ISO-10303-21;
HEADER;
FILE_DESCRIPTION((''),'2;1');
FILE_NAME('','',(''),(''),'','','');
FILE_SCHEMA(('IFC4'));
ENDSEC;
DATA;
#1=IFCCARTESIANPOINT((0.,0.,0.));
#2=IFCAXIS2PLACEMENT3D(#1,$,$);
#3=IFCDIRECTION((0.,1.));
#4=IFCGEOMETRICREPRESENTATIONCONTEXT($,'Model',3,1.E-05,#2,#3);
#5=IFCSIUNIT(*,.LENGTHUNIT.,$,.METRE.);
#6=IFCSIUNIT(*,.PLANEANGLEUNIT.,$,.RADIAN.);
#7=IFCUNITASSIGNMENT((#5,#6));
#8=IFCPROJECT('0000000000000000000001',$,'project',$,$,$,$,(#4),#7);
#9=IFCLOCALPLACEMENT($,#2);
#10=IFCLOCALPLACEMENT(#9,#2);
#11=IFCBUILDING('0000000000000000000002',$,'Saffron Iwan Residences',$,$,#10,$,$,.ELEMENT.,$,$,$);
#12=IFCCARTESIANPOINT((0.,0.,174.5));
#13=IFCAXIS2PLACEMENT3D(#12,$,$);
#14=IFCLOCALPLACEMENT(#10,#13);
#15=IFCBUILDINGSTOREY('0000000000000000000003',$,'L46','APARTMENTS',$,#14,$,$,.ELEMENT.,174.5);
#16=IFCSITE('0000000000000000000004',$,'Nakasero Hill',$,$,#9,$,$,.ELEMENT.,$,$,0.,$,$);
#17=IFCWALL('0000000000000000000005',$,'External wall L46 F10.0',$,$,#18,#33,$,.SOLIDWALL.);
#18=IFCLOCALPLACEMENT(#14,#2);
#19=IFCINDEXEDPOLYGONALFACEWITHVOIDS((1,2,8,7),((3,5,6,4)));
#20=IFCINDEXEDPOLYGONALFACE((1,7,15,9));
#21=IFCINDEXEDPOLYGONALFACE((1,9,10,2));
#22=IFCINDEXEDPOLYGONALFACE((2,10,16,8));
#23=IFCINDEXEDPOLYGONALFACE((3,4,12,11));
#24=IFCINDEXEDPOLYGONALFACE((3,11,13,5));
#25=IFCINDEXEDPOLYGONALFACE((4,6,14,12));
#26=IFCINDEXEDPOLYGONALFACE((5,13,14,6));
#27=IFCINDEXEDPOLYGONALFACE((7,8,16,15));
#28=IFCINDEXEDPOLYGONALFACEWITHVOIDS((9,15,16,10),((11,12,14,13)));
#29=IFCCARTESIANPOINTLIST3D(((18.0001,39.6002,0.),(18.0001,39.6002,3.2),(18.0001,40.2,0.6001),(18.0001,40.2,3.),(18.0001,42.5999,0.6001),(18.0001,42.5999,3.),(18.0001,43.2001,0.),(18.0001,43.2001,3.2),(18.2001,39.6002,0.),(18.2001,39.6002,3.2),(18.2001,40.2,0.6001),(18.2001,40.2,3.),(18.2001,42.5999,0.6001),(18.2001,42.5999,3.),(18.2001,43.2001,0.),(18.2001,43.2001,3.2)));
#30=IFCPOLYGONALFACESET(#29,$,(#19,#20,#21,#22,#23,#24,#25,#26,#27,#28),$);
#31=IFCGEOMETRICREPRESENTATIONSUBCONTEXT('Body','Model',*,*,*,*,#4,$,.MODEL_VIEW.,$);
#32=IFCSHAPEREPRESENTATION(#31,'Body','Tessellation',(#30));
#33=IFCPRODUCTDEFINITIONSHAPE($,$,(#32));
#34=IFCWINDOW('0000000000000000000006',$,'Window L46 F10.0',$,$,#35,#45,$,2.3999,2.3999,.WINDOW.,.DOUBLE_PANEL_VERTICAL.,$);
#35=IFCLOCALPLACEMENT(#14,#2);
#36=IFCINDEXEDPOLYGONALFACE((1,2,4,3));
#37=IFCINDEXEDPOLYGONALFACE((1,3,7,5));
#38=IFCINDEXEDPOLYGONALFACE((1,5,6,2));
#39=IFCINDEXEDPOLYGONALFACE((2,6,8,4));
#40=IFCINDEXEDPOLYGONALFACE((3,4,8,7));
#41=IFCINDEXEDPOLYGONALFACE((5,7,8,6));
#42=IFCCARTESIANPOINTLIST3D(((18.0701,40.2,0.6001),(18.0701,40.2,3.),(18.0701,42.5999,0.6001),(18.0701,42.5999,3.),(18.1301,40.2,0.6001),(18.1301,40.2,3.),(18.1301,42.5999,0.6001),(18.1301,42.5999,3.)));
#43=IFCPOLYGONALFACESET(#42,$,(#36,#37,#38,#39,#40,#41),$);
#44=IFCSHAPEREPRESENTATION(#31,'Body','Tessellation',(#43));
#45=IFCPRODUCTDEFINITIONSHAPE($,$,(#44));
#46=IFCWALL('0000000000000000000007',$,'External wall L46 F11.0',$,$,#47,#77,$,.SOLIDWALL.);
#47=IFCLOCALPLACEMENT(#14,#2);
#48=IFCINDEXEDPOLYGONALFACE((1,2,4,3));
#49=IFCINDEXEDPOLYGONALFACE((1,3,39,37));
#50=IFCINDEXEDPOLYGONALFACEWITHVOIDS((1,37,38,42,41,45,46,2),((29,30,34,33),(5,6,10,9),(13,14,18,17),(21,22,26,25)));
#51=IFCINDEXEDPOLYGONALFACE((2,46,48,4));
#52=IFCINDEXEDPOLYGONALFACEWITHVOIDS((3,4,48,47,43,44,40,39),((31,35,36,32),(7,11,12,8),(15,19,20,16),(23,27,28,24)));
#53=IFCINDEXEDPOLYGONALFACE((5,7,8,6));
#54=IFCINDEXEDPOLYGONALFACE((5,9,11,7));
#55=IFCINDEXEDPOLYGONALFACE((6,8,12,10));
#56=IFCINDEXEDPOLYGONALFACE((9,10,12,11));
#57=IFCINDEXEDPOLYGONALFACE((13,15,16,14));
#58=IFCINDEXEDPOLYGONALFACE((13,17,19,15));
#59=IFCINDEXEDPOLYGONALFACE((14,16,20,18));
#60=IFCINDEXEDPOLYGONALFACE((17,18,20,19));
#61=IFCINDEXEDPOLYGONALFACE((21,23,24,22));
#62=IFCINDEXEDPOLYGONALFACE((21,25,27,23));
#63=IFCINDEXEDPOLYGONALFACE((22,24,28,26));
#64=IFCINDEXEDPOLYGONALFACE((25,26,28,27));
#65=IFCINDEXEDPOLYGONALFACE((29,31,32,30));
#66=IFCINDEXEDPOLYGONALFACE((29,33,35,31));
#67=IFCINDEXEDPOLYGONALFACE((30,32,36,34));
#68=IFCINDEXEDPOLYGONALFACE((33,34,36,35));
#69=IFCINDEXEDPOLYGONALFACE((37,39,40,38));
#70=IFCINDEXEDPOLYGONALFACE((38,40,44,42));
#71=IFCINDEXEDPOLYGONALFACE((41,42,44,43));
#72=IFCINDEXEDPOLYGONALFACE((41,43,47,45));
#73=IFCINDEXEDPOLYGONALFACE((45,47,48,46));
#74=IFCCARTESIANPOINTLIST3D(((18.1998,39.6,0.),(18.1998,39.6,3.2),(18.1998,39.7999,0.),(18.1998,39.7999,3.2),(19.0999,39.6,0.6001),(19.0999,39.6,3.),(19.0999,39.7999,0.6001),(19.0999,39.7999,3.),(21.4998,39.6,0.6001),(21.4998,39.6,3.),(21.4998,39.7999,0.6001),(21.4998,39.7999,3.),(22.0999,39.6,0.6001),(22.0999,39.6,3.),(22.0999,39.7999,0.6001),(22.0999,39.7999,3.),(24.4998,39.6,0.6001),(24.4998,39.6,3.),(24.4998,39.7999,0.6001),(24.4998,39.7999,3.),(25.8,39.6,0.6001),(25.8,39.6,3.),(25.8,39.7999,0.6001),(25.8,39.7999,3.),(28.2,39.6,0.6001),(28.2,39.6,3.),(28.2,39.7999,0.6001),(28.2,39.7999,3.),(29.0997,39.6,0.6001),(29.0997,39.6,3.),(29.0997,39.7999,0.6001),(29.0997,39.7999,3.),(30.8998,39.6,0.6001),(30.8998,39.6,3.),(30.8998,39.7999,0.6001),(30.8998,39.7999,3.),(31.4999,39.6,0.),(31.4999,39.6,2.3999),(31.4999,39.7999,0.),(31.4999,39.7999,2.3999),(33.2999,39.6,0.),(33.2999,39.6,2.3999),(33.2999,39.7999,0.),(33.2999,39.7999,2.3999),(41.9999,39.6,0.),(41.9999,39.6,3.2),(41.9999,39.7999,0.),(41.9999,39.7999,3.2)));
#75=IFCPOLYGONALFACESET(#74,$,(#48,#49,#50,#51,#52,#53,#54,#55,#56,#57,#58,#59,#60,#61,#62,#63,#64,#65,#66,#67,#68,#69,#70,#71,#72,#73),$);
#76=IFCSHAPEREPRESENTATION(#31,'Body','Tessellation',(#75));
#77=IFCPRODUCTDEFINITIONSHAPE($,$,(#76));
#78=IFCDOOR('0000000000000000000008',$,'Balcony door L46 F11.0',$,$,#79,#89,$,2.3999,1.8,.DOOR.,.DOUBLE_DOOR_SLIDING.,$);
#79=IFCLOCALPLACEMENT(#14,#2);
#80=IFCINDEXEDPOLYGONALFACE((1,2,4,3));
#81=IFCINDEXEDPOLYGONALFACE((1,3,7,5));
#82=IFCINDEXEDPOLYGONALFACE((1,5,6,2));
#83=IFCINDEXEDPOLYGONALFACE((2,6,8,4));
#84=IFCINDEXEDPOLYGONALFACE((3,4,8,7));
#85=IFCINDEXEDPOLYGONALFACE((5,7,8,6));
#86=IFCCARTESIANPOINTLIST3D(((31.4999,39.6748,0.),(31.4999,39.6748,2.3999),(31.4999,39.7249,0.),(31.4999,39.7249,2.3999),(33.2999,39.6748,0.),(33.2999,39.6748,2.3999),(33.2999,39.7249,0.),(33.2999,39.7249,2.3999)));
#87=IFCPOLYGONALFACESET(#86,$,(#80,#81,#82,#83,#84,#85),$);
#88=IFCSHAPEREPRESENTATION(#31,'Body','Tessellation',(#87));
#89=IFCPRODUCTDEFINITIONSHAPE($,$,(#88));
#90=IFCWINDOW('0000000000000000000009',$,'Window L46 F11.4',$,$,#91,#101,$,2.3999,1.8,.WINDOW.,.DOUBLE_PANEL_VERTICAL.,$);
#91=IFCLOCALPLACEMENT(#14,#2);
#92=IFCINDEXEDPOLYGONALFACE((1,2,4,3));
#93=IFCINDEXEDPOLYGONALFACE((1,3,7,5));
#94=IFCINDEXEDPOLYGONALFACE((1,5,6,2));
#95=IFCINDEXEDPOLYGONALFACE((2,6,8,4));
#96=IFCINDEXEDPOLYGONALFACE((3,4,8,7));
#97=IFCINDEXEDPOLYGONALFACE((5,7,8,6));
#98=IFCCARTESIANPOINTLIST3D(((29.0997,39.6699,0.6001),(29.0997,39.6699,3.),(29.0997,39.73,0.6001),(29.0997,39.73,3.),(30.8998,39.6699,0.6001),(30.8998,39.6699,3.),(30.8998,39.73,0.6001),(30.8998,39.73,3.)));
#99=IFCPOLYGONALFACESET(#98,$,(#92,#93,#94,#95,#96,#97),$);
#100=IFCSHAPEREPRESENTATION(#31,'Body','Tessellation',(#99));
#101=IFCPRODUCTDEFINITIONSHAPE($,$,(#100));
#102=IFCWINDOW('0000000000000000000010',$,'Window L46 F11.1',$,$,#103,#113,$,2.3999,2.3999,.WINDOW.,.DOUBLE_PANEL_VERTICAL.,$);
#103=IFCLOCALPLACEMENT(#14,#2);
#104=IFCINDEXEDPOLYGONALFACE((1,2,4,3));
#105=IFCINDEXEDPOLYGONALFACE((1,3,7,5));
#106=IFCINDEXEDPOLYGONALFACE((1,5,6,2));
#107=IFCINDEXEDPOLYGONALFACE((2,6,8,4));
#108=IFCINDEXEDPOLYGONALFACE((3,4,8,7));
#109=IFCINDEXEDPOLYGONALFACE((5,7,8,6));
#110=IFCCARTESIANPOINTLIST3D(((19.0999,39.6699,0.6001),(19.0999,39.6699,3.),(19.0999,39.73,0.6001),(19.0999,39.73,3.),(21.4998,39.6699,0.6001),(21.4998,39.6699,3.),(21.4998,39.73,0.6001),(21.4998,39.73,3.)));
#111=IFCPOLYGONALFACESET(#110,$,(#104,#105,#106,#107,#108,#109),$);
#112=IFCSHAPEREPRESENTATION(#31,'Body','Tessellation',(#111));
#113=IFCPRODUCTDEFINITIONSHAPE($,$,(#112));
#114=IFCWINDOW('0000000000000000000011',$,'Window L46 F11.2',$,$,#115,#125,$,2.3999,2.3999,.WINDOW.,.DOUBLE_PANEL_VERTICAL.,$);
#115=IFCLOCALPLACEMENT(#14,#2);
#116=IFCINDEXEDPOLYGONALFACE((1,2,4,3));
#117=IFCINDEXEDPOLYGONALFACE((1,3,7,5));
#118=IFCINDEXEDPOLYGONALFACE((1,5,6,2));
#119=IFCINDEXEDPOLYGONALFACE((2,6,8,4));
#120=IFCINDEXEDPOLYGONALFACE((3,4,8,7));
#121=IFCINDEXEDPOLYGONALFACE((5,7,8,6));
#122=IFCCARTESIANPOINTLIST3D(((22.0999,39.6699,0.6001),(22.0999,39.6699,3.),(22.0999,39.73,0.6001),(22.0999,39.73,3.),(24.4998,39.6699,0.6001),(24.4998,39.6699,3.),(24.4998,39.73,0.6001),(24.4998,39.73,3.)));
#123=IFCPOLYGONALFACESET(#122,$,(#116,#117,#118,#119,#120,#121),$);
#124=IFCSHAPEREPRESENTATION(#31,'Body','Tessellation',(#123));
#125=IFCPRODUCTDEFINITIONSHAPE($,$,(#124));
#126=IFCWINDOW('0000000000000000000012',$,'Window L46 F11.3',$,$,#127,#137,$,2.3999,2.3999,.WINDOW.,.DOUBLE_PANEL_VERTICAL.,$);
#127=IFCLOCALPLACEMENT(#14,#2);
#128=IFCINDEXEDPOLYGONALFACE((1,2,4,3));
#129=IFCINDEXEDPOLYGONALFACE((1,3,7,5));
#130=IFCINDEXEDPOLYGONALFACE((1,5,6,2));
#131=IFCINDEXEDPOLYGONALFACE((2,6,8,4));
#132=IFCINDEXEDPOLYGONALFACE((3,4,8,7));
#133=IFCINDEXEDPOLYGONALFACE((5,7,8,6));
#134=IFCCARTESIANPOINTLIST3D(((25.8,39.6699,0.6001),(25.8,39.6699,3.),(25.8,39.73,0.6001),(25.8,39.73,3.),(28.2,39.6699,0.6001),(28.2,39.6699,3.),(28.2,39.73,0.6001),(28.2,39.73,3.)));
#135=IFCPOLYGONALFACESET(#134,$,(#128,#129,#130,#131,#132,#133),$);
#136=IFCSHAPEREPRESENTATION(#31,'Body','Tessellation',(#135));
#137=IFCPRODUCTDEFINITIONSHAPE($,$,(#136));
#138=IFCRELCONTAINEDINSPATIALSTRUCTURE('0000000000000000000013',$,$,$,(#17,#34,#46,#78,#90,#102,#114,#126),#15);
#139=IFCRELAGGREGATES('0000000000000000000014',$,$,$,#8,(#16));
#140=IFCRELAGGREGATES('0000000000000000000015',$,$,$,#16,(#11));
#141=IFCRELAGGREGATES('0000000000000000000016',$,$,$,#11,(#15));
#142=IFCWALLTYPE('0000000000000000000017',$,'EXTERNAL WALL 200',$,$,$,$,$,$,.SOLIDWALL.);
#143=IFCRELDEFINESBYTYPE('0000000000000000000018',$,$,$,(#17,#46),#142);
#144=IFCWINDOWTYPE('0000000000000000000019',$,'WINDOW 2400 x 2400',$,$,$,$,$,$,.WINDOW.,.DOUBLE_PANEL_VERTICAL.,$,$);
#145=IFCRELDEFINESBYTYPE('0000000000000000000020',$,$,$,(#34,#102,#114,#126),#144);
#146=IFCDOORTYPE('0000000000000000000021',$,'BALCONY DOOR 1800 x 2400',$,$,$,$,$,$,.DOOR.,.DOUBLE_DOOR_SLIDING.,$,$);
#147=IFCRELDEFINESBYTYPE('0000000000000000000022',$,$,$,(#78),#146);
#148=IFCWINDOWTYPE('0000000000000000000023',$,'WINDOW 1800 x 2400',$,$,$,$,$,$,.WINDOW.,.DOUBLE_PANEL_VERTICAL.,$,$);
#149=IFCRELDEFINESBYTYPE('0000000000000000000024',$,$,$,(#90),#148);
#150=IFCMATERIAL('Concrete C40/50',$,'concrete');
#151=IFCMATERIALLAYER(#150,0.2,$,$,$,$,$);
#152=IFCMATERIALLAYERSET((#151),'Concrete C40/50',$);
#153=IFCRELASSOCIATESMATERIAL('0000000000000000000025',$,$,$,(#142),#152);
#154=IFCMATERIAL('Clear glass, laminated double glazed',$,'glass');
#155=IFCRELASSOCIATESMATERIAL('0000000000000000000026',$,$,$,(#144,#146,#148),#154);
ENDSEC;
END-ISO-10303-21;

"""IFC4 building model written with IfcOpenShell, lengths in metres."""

from ifc_helpers import new_model, si_unit, direction, frame, frame_2d, origin, place, context, subcontext, project, spatial, rectangle, extrude, material, layer, layer_set, type_object, element, fill, save


model = new_model("IFC4")

# Units and contexts
model_context = context("Model", 3, precision=1e-05, world=origin(), true_north=direction((0.0, 1.0)))
body_context = subcontext(model_context, "Body", "Model", "MODEL_VIEW")
ifc_project = project(units=[si_unit("LENGTHUNIT", "METRE"), si_unit("PLANEANGLEUNIT", "RADIAN")], contexts=[model_context])

# Site, building, storey
site_placement = place(None, origin())
site = spatial("IfcSite", under=ifc_project, at=site_placement, Name="Nakasero Hill", CompositionType="ELEMENT", RefElevation=0.0)
building_placement = place(site_placement, origin())
building = spatial("IfcBuilding", under=site, at=building_placement, Name="Saffron Iwan Residences", CompositionType="ELEMENT")
storey_placement = place(building_placement, frame((0.0, 0.0, 174.5)))
storey = spatial("IfcBuildingStorey", under=building, at=storey_placement, Name="L46", Description="APARTMENTS", CompositionType="ELEMENT", Elevation=174.5)

# Wall, opening, window
ifc_material_1 = material(Name="Concrete C40/50", Category="concrete")
ifc_layer_1 = layer(ifc_material_1, 0.2)
ifc_layer_set_1 = layer_set([ifc_layer_1], Name="Concrete C40/50")
wall_type_1 = type_object("IfcWallType", Name="EXTERNAL WALL 200", PredefinedType="SOLIDWALL", material=ifc_layer_set_1)
ifc_material_2 = material(Name="Clear glass, laminated double glazed", Category="glass")
window_type_1 = type_object("IfcWindowType", Name="WINDOW 2400 x 2400", PartitioningType="DOUBLE_PANEL_VERTICAL", PredefinedType="WINDOW", material=ifc_material_2)
wall_1_placement = place(storey_placement, frame((18.1001, 43.2, 0.0), z_axis=(0.0, 0.0, 1.0), x_axis=(0.0, -1.0, 0.0)))
wall_1 = element("IfcWall", 1, at=wall_1_placement, inside=storey, type_object=wall_type_1, Name="External wall L46 F10.0", PredefinedType="SOLIDWALL", context=body_context, shape_type="SweptSolid", body=[
    extrude(rectangle(XDim=3.5999, YDim=0.2, at=frame_2d((1.7998, 0.0))), origin(), (0.0, 0.0, 1.0), 3.2),
])
opening_1_placement = place(wall_1_placement, frame((0.6001, 0.0, 0.6001)))
opening_1 = element("IfcOpeningElement", 2, at=opening_1_placement, cuts=wall_1, PredefinedType="OPENING", context=body_context, shape_type="SweptSolid", body=[
    extrude(rectangle(XDim=2.3999, YDim=2.3999, at=frame_2d((1.2, 1.2))), frame((0.0, 0.1099, 0.0), z_axis=(0.0, -1.0, 0.0), x_axis=(1.0, 0.0, 0.0)), (0.0, 0.0, 1.0), 0.22),
])
window_1_placement = place(opening_1_placement, origin())
window_1 = element("IfcWindow", 3, at=window_1_placement, inside=storey, type_object=window_type_1, Name="Window L46 F10.0", OverallHeight=2.3999, OverallWidth=2.3999, PartitioningType="DOUBLE_PANEL_VERTICAL", PredefinedType="WINDOW", context=body_context, shape_type="SweptSolid", body=[
    extrude(rectangle(XDim=2.3999, YDim=2.3999, at=frame_2d((1.2, 1.2))), frame((0.0, 0.03, 0.0), z_axis=(0.0, -1.0, 0.0), x_axis=(1.0, 0.0, 0.0)), (0.0, 0.0, 1.0), 0.0601),
])
fill(opening_1, window_1)

# Wall, openings, door, windows
wall_2_placement = place(storey_placement, frame((18.2, 39.7, 0.0), z_axis=(0.0, 0.0, 1.0), x_axis=(1.0, 0.0, 0.0)))
wall_2 = element("IfcWall", 4, at=wall_2_placement, inside=storey, type_object=wall_type_1, Name="External wall L46 F11.0", PredefinedType="SOLIDWALL", context=body_context, shape_type="SweptSolid", body=[
    extrude(rectangle(XDim=23.8, YDim=0.2, at=frame_2d((11.8999, 0.0))), origin(), (0.0, 0.0, 1.0), 3.2),
])
opening_2_placement = place(wall_2_placement, frame((13.3, 0.0, 0.0)))
opening_2 = element("IfcOpeningElement", 5, at=opening_2_placement, cuts=wall_2, PredefinedType="OPENING", context=body_context, shape_type="SweptSolid", body=[
    extrude(rectangle(XDim=1.8, YDim=2.3999, at=frame_2d((0.8999, 1.2))), frame((0.0, 0.1099, 0.0), z_axis=(0.0, -1.0, 0.0), x_axis=(1.0, 0.0, 0.0)), (0.0, 0.0, 1.0), 0.22),
])
opening_3_placement = place(wall_2_placement, frame((0.8999, 0.0, 0.6001)))
opening_3 = element("IfcOpeningElement", 6, at=opening_3_placement, cuts=wall_2, PredefinedType="OPENING", context=body_context, shape_type="SweptSolid", body=[
    extrude(rectangle(XDim=2.3999, YDim=2.3999, at=frame_2d((1.2, 1.2))), frame((0.0, 0.1099, 0.0), z_axis=(0.0, -1.0, 0.0), x_axis=(1.0, 0.0, 0.0)), (0.0, 0.0, 1.0), 0.22),
])
opening_4_placement = place(wall_2_placement, frame((3.8999, 0.0, 0.6001)))
opening_4 = element("IfcOpeningElement", 7, at=opening_4_placement, cuts=wall_2, PredefinedType="OPENING", context=body_context, shape_type="SweptSolid", body=[
    extrude(rectangle(XDim=2.3999, YDim=2.3999, at=frame_2d((1.2, 1.2))), frame((0.0, 0.1099, 0.0), z_axis=(0.0, -1.0, 0.0), x_axis=(1.0, 0.0, 0.0)), (0.0, 0.0, 1.0), 0.22),
])
opening_5_placement = place(wall_2_placement, frame((7.6001, 0.0, 0.6001)))
opening_5 = element("IfcOpeningElement", 8, at=opening_5_placement, cuts=wall_2, PredefinedType="OPENING", context=body_context, shape_type="SweptSolid", body=[
    extrude(rectangle(XDim=2.3999, YDim=2.3999, at=frame_2d((1.2, 1.2))), frame((0.0, 0.1099, 0.0), z_axis=(0.0, -1.0, 0.0), x_axis=(1.0, 0.0, 0.0)), (0.0, 0.0, 1.0), 0.22),
])
opening_6_placement = place(wall_2_placement, frame((10.8999, 0.0, 0.6001)))
opening_6 = element("IfcOpeningElement", 9, at=opening_6_placement, cuts=wall_2, PredefinedType="OPENING", context=body_context, shape_type="SweptSolid", body=[
    extrude(rectangle(XDim=1.8, YDim=2.3999, at=frame_2d((0.8999, 1.2))), frame((0.0, 0.1099, 0.0), z_axis=(0.0, -1.0, 0.0), x_axis=(1.0, 0.0, 0.0)), (0.0, 0.0, 1.0), 0.22),
])
door_type_1 = type_object("IfcDoorType", Name="BALCONY DOOR 1800 x 2400", OperationType="DOUBLE_DOOR_SLIDING", PredefinedType="DOOR", material=ifc_material_2)
door_1_placement = place(opening_2_placement, origin())
door_1 = element("IfcDoor", 10, at=door_1_placement, inside=storey, type_object=door_type_1, Name="Balcony door L46 F11.0", OperationType="DOUBLE_DOOR_SLIDING", OverallHeight=2.3999, OverallWidth=1.8, PredefinedType="DOOR", context=body_context, shape_type="SweptSolid", body=[
    extrude(rectangle(XDim=1.8, YDim=2.3999, at=frame_2d((0.8999, 1.2))), frame((0.0, 0.0249, 0.0), z_axis=(0.0, -1.0, 0.0), x_axis=(1.0, 0.0, 0.0)), (0.0, 0.0, 1.0), 0.05),
])
fill(opening_2, door_1)
window_type_2 = type_object("IfcWindowType", Name="WINDOW 1800 x 2400", PartitioningType="DOUBLE_PANEL_VERTICAL", PredefinedType="WINDOW", material=ifc_material_2)
window_2_placement = place(opening_6_placement, origin())
window_2 = element("IfcWindow", 11, at=window_2_placement, inside=storey, type_object=window_type_2, Name="Window L46 F11.4", OverallHeight=2.3999, OverallWidth=1.8, PartitioningType="DOUBLE_PANEL_VERTICAL", PredefinedType="WINDOW", context=body_context, shape_type="SweptSolid", body=[
    extrude(rectangle(XDim=1.8, YDim=2.3999, at=frame_2d((0.8999, 1.2))), frame((0.0, 0.03, 0.0), z_axis=(0.0, -1.0, 0.0), x_axis=(1.0, 0.0, 0.0)), (0.0, 0.0, 1.0), 0.0601),
])
fill(opening_6, window_2)
window_3_placement = place(opening_3_placement, origin())
window_3 = element("IfcWindow", 12, at=window_3_placement, inside=storey, type_object=window_type_1, Name="Window L46 F11.1", OverallHeight=2.3999, OverallWidth=2.3999, PartitioningType="DOUBLE_PANEL_VERTICAL", PredefinedType="WINDOW", context=body_context, shape_type="SweptSolid", body=[
    extrude(rectangle(XDim=2.3999, YDim=2.3999, at=frame_2d((1.2, 1.2))), frame((0.0, 0.03, 0.0), z_axis=(0.0, -1.0, 0.0), x_axis=(1.0, 0.0, 0.0)), (0.0, 0.0, 1.0), 0.0601),
])
fill(opening_3, window_3)
window_4_placement = place(opening_4_placement, origin())
window_4 = element("IfcWindow", 13, at=window_4_placement, inside=storey, type_object=window_type_1, Name="Window L46 F11.2", OverallHeight=2.3999, OverallWidth=2.3999, PartitioningType="DOUBLE_PANEL_VERTICAL", PredefinedType="WINDOW", context=body_context, shape_type="SweptSolid", body=[
    extrude(rectangle(XDim=2.3999, YDim=2.3999, at=frame_2d((1.2, 1.2))), frame((0.0, 0.03, 0.0), z_axis=(0.0, -1.0, 0.0), x_axis=(1.0, 0.0, 0.0)), (0.0, 0.0, 1.0), 0.0601),
])
fill(opening_4, window_4)
window_5_placement = place(opening_5_placement, origin())
window_5 = element("IfcWindow", 14, at=window_5_placement, inside=storey, type_object=window_type_1, Name="Window L46 F11.3", OverallHeight=2.3999, OverallWidth=2.3999, PartitioningType="DOUBLE_PANEL_VERTICAL", PredefinedType="WINDOW", context=body_context, shape_type="SweptSolid", body=[
    extrude(rectangle(XDim=2.3999, YDim=2.3999, at=frame_2d((1.2, 1.2))), frame((0.0, 0.03, 0.0), z_axis=(0.0, -1.0, 0.0), x_axis=(1.0, 0.0, 0.0)), (0.0, 0.0, 1.0), 0.0601),
])
fill(opening_5, window_5)

save(model, "model.ifc")
